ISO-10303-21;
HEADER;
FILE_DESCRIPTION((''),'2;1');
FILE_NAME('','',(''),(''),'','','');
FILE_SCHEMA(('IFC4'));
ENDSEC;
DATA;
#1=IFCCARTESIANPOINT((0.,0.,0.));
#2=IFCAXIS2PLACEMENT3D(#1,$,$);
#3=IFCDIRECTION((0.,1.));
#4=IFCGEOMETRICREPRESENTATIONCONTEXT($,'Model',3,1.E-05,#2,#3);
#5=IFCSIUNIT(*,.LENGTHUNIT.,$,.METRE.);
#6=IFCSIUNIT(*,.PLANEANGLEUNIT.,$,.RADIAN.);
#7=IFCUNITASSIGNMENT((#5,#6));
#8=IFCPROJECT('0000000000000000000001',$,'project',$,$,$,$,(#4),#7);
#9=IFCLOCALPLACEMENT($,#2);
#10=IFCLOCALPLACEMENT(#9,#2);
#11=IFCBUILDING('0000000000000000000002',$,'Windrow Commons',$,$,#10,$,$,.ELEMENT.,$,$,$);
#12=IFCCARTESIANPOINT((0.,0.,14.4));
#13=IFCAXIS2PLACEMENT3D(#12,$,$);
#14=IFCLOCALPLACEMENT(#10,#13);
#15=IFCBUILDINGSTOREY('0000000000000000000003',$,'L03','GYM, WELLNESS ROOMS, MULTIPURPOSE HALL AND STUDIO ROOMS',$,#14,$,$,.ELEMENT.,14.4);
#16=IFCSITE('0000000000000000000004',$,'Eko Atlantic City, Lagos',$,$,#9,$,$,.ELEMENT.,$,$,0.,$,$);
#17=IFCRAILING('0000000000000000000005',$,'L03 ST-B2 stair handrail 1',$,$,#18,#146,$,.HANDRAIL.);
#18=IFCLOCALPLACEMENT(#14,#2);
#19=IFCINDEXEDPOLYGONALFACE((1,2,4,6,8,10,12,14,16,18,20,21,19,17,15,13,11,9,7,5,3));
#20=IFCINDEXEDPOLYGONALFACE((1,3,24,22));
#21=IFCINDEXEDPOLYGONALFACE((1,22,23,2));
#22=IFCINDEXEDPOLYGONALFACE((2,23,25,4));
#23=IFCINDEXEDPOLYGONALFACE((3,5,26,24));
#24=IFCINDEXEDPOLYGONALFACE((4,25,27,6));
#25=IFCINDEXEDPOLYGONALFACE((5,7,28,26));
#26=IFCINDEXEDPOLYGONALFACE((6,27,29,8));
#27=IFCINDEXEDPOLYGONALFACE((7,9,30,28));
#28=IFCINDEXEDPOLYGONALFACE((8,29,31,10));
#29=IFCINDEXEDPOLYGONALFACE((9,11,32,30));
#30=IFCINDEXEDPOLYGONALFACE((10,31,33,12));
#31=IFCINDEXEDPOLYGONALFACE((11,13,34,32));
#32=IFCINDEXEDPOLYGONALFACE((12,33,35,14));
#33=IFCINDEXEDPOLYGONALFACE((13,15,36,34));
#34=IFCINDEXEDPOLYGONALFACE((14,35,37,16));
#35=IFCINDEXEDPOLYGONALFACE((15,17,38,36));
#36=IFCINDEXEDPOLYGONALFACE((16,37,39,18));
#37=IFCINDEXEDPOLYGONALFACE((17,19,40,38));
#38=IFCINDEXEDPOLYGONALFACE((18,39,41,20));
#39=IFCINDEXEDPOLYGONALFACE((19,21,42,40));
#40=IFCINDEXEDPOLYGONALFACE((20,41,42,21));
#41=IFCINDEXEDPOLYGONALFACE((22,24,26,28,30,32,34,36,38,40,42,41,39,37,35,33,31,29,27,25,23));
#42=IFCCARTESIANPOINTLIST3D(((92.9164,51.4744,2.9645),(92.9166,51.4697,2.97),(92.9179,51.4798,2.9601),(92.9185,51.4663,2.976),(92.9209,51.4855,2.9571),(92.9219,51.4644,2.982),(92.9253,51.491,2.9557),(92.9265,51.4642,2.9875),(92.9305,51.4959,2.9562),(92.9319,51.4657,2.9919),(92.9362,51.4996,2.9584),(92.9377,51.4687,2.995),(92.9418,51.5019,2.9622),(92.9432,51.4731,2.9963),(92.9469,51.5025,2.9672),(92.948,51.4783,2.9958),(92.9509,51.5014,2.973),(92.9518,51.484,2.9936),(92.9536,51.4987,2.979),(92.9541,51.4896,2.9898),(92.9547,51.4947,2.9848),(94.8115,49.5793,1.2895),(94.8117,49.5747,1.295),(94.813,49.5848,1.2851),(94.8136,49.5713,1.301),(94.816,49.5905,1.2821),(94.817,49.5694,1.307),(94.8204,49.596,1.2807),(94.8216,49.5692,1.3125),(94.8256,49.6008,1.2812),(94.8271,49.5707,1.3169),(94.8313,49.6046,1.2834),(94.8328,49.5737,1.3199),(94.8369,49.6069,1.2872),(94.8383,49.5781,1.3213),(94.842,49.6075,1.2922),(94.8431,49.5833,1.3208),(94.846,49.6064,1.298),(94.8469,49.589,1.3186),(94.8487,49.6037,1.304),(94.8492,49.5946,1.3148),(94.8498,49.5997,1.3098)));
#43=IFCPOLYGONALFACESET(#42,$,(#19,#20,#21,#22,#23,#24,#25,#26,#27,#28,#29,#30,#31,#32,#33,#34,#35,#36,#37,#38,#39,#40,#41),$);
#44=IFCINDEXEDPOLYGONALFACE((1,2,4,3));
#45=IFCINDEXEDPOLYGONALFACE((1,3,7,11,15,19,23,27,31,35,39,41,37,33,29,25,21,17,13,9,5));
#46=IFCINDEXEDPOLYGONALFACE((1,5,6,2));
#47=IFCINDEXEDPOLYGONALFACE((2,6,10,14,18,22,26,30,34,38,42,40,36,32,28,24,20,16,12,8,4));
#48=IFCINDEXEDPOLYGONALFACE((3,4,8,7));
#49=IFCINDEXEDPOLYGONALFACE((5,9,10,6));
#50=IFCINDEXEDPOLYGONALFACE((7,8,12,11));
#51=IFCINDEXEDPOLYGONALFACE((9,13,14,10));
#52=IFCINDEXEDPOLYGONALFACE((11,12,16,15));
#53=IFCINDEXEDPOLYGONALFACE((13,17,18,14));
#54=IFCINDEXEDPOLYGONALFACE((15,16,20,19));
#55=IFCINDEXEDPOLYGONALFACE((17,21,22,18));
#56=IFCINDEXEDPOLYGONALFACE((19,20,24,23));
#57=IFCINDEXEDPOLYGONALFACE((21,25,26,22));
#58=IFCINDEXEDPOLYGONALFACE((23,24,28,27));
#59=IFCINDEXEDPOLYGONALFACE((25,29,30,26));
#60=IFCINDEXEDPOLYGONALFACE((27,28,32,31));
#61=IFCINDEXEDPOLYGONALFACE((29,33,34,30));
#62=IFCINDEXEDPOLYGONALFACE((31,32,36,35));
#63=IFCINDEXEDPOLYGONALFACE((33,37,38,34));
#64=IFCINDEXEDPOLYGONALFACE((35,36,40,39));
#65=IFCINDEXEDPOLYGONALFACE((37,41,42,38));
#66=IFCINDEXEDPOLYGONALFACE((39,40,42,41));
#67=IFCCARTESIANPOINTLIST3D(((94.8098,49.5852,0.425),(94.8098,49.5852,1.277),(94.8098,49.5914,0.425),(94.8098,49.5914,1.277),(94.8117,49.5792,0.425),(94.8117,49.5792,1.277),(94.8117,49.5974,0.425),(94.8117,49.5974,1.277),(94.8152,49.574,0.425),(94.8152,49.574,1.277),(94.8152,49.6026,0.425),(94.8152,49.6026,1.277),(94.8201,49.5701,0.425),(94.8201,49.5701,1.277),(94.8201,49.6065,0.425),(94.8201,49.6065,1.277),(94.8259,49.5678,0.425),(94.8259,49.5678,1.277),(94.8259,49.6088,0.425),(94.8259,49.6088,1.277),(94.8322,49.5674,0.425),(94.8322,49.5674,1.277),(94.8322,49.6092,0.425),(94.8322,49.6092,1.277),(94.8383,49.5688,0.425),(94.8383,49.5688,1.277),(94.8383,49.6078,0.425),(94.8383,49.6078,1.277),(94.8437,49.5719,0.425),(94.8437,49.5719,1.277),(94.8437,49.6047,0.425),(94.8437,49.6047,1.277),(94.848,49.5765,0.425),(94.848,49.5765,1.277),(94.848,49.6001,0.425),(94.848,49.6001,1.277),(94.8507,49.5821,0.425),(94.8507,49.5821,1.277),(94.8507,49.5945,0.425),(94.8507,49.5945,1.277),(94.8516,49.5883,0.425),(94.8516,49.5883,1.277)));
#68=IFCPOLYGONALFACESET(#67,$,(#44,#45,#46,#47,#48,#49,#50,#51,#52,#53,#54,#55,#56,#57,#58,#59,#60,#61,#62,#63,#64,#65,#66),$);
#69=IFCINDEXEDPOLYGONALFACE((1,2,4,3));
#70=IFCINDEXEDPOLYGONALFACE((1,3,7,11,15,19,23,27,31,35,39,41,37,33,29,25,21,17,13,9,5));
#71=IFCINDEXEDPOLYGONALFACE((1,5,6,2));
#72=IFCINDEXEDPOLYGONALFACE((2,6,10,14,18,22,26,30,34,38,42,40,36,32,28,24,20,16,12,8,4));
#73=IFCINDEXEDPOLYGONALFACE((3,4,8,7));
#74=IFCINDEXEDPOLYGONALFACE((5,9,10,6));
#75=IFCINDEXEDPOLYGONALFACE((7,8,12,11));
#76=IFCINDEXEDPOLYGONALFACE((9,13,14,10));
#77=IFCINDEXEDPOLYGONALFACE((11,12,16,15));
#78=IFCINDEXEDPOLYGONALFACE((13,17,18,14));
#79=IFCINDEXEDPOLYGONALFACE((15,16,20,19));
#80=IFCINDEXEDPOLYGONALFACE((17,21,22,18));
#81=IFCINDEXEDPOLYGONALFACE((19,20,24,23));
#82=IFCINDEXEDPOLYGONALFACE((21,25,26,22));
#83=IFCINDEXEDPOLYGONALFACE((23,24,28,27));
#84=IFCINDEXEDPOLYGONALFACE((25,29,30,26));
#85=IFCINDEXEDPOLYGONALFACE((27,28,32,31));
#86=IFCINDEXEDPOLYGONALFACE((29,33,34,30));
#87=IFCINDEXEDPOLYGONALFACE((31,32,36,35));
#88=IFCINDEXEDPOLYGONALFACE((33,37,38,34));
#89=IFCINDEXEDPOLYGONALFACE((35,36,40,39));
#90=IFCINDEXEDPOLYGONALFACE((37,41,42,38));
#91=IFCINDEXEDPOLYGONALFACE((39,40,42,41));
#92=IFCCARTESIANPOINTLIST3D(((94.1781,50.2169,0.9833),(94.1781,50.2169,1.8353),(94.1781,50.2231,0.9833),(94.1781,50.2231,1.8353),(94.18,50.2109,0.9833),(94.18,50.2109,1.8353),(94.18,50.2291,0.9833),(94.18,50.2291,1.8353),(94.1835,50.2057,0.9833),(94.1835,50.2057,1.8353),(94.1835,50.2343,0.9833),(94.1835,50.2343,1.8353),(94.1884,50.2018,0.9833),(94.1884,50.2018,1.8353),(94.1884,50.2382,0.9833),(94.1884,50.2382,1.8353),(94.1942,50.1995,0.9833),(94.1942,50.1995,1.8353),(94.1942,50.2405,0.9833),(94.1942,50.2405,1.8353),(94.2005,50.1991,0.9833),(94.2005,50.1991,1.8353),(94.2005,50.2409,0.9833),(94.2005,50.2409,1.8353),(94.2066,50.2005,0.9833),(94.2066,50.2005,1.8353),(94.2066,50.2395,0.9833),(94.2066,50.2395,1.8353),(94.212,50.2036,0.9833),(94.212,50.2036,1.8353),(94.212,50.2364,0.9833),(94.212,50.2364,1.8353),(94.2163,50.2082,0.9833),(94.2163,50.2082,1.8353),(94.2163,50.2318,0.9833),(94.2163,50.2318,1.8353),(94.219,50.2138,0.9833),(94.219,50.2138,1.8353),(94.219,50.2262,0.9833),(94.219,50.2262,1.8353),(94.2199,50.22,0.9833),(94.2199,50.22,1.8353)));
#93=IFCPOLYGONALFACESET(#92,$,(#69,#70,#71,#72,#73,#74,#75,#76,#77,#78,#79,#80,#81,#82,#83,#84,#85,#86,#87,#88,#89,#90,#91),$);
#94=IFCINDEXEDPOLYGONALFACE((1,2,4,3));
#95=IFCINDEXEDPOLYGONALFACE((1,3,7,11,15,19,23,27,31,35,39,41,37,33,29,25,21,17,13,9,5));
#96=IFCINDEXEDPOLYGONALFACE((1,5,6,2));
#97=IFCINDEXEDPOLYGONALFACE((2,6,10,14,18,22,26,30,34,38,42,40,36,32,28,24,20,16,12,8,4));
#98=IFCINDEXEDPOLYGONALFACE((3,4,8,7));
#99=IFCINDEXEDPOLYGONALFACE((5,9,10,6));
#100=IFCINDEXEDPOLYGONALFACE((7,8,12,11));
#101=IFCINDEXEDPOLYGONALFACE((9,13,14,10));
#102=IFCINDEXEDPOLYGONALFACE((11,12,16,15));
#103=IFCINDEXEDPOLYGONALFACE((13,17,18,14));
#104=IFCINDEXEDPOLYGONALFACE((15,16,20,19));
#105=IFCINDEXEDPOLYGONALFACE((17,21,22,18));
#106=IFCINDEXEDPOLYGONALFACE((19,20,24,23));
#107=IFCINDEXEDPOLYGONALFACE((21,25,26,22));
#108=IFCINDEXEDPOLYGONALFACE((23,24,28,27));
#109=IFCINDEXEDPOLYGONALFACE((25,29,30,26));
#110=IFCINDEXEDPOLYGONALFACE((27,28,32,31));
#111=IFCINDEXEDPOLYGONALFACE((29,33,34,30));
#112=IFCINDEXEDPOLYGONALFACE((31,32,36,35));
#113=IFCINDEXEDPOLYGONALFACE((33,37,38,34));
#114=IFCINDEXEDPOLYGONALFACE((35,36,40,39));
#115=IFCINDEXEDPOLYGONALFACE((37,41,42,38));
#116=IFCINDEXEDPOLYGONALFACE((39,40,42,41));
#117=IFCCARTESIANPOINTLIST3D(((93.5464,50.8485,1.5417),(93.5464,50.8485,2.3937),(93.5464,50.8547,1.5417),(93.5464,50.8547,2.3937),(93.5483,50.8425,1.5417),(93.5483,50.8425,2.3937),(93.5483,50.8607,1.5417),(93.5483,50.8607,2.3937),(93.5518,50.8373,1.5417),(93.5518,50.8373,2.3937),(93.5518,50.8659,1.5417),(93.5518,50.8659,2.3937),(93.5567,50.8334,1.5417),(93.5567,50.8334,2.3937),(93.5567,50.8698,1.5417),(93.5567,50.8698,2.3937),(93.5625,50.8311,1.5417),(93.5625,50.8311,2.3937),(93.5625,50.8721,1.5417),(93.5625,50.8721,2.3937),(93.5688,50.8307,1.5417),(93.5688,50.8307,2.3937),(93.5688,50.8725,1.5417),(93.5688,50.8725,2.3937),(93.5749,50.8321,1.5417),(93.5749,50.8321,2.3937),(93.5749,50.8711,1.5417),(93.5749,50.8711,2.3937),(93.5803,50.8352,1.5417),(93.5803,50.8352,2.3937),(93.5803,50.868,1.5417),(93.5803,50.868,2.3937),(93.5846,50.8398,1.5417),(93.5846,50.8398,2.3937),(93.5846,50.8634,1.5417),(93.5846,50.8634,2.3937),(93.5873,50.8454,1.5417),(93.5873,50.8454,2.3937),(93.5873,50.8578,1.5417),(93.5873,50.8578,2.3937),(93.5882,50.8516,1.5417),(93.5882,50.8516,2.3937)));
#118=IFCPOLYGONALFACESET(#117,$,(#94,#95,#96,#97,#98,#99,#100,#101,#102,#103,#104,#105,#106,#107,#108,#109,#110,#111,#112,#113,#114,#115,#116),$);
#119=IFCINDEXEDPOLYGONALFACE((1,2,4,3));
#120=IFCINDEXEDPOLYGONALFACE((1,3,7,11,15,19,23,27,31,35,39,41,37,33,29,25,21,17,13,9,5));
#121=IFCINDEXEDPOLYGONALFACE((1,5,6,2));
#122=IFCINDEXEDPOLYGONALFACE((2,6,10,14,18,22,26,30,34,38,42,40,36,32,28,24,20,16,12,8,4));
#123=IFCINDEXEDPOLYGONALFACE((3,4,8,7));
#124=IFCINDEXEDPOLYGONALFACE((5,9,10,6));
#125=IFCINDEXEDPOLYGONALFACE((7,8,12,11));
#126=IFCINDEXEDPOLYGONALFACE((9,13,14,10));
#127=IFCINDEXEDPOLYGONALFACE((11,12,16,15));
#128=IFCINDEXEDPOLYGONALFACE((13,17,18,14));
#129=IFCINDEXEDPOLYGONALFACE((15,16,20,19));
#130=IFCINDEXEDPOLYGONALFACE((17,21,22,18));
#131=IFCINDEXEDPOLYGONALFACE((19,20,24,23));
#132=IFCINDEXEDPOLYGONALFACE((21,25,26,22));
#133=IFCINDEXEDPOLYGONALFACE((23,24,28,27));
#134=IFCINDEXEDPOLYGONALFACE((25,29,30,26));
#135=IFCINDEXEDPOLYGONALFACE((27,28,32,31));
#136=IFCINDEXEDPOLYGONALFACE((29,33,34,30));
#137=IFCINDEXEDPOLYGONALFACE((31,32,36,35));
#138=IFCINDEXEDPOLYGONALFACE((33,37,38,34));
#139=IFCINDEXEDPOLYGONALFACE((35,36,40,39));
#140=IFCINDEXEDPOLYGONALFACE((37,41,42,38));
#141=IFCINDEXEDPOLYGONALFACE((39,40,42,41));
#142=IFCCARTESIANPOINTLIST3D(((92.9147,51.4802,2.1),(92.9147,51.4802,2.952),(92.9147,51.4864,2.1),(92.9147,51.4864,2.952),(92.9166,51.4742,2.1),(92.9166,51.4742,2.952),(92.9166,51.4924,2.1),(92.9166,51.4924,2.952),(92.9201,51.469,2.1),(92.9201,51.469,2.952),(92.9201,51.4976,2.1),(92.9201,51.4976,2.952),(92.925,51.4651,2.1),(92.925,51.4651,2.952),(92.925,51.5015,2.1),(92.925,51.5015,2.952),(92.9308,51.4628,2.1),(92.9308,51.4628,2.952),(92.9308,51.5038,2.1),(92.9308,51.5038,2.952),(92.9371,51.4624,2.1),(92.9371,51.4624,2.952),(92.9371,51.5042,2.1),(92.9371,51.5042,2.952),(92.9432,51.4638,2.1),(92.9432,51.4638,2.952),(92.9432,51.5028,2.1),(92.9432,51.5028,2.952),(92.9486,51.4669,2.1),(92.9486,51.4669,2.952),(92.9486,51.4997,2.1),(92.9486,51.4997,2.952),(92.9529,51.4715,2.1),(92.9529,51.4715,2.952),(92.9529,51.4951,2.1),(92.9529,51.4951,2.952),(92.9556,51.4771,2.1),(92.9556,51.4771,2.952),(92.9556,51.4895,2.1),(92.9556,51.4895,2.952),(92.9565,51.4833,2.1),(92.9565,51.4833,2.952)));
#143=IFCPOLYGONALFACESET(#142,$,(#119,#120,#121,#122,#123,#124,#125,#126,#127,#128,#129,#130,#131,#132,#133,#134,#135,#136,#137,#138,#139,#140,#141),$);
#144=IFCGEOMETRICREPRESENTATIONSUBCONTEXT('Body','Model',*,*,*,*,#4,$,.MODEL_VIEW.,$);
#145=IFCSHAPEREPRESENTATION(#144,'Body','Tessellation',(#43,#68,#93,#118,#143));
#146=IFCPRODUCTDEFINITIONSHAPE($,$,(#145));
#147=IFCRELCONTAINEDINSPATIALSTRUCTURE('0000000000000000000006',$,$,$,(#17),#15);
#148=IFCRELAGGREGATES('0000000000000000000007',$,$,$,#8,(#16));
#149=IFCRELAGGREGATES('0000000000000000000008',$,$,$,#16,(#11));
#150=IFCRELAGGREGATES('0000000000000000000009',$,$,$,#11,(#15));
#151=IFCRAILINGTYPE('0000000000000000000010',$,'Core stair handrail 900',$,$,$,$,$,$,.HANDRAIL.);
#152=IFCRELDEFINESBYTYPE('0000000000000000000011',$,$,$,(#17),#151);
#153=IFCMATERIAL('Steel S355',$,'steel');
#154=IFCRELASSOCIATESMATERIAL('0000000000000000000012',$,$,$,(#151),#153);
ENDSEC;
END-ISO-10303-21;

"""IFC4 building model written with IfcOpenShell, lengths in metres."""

from ifc_helpers import new_model, si_unit, direction, frame, origin, origin_2d, place, context, subcontext, project, spatial, circle, extrude, material, type_object, element, save


model = new_model("IFC4")

# Units and contexts
model_context = context("Model", 3, precision=1e-05, world=origin(), true_north=direction((0.0, 1.0)))
body_context = subcontext(model_context, "Body", "Model", "MODEL_VIEW")
ifc_project = project(units=[si_unit("LENGTHUNIT", "METRE"), si_unit("PLANEANGLEUNIT", "RADIAN")], contexts=[model_context])

# Site, building, storey
site_placement = place(None, origin())
site = spatial("IfcSite", under=ifc_project, at=site_placement, Name="Eko Atlantic City, Lagos", CompositionType="ELEMENT", RefElevation=0.0)
building_placement = place(site_placement, origin())
building = spatial("IfcBuilding", under=site, at=building_placement, Name="Windrow Commons", CompositionType="ELEMENT")
storey_placement = place(building_placement, frame((0.0, 0.0, 14.4)))
storey = spatial("IfcBuildingStorey", under=building, at=storey_placement, Name="L03", Description="GYM, WELLNESS ROOMS, MULTIPURPOSE HALL AND STUDIO ROOMS", CompositionType="ELEMENT", Elevation=14.4)

# Railing
ifc_material_1 = material(Name="Steel S355", Category="steel")
railing_type_1 = type_object("IfcRailingType", Name="Core stair handrail 900", PredefinedType="HANDRAIL", material=ifc_material_1)
for number, where, name in (
    (1, (94.8306, 49.5883, 0.425), "L03 ST-B2 stair handrail 1"),
):
    element("IfcRailing", number, at=place(storey_placement, frame(where)), inside=storey, type_object=railing_type_1, Name=name, PredefinedType="HANDRAIL", context=body_context, shape_type="SweptSolid", body=[
        extrude(circle(Radius=0.024, at=origin_2d()), frame((0.0, 0.0, 0.876), z_axis=(-0.599642, 0.59961, 0.529998), x_axis=(-0.707088, -0.707125, 0.0)), (0.0, 0.0, 1.0), 3.1604),
        extrude(circle(Radius=0.021, at=origin_2d()), origin(), (0.0, 0.0, 1.0), 0.852),
        extrude(circle(Radius=0.021, at=origin_2d()), frame((-0.6317, 0.6317, 0.5583)), (0.0, 0.0, 1.0), 0.852),
        extrude(circle(Radius=0.021, at=origin_2d()), frame((-1.2634, 1.2633, 1.1167)), (0.0, 0.0, 1.0), 0.852),
        extrude(circle(Radius=0.021, at=origin_2d()), frame((-1.8951, 1.895, 1.675)), (0.0, 0.0, 1.0), 0.852),
    ])

save(model, "model.ifc")
